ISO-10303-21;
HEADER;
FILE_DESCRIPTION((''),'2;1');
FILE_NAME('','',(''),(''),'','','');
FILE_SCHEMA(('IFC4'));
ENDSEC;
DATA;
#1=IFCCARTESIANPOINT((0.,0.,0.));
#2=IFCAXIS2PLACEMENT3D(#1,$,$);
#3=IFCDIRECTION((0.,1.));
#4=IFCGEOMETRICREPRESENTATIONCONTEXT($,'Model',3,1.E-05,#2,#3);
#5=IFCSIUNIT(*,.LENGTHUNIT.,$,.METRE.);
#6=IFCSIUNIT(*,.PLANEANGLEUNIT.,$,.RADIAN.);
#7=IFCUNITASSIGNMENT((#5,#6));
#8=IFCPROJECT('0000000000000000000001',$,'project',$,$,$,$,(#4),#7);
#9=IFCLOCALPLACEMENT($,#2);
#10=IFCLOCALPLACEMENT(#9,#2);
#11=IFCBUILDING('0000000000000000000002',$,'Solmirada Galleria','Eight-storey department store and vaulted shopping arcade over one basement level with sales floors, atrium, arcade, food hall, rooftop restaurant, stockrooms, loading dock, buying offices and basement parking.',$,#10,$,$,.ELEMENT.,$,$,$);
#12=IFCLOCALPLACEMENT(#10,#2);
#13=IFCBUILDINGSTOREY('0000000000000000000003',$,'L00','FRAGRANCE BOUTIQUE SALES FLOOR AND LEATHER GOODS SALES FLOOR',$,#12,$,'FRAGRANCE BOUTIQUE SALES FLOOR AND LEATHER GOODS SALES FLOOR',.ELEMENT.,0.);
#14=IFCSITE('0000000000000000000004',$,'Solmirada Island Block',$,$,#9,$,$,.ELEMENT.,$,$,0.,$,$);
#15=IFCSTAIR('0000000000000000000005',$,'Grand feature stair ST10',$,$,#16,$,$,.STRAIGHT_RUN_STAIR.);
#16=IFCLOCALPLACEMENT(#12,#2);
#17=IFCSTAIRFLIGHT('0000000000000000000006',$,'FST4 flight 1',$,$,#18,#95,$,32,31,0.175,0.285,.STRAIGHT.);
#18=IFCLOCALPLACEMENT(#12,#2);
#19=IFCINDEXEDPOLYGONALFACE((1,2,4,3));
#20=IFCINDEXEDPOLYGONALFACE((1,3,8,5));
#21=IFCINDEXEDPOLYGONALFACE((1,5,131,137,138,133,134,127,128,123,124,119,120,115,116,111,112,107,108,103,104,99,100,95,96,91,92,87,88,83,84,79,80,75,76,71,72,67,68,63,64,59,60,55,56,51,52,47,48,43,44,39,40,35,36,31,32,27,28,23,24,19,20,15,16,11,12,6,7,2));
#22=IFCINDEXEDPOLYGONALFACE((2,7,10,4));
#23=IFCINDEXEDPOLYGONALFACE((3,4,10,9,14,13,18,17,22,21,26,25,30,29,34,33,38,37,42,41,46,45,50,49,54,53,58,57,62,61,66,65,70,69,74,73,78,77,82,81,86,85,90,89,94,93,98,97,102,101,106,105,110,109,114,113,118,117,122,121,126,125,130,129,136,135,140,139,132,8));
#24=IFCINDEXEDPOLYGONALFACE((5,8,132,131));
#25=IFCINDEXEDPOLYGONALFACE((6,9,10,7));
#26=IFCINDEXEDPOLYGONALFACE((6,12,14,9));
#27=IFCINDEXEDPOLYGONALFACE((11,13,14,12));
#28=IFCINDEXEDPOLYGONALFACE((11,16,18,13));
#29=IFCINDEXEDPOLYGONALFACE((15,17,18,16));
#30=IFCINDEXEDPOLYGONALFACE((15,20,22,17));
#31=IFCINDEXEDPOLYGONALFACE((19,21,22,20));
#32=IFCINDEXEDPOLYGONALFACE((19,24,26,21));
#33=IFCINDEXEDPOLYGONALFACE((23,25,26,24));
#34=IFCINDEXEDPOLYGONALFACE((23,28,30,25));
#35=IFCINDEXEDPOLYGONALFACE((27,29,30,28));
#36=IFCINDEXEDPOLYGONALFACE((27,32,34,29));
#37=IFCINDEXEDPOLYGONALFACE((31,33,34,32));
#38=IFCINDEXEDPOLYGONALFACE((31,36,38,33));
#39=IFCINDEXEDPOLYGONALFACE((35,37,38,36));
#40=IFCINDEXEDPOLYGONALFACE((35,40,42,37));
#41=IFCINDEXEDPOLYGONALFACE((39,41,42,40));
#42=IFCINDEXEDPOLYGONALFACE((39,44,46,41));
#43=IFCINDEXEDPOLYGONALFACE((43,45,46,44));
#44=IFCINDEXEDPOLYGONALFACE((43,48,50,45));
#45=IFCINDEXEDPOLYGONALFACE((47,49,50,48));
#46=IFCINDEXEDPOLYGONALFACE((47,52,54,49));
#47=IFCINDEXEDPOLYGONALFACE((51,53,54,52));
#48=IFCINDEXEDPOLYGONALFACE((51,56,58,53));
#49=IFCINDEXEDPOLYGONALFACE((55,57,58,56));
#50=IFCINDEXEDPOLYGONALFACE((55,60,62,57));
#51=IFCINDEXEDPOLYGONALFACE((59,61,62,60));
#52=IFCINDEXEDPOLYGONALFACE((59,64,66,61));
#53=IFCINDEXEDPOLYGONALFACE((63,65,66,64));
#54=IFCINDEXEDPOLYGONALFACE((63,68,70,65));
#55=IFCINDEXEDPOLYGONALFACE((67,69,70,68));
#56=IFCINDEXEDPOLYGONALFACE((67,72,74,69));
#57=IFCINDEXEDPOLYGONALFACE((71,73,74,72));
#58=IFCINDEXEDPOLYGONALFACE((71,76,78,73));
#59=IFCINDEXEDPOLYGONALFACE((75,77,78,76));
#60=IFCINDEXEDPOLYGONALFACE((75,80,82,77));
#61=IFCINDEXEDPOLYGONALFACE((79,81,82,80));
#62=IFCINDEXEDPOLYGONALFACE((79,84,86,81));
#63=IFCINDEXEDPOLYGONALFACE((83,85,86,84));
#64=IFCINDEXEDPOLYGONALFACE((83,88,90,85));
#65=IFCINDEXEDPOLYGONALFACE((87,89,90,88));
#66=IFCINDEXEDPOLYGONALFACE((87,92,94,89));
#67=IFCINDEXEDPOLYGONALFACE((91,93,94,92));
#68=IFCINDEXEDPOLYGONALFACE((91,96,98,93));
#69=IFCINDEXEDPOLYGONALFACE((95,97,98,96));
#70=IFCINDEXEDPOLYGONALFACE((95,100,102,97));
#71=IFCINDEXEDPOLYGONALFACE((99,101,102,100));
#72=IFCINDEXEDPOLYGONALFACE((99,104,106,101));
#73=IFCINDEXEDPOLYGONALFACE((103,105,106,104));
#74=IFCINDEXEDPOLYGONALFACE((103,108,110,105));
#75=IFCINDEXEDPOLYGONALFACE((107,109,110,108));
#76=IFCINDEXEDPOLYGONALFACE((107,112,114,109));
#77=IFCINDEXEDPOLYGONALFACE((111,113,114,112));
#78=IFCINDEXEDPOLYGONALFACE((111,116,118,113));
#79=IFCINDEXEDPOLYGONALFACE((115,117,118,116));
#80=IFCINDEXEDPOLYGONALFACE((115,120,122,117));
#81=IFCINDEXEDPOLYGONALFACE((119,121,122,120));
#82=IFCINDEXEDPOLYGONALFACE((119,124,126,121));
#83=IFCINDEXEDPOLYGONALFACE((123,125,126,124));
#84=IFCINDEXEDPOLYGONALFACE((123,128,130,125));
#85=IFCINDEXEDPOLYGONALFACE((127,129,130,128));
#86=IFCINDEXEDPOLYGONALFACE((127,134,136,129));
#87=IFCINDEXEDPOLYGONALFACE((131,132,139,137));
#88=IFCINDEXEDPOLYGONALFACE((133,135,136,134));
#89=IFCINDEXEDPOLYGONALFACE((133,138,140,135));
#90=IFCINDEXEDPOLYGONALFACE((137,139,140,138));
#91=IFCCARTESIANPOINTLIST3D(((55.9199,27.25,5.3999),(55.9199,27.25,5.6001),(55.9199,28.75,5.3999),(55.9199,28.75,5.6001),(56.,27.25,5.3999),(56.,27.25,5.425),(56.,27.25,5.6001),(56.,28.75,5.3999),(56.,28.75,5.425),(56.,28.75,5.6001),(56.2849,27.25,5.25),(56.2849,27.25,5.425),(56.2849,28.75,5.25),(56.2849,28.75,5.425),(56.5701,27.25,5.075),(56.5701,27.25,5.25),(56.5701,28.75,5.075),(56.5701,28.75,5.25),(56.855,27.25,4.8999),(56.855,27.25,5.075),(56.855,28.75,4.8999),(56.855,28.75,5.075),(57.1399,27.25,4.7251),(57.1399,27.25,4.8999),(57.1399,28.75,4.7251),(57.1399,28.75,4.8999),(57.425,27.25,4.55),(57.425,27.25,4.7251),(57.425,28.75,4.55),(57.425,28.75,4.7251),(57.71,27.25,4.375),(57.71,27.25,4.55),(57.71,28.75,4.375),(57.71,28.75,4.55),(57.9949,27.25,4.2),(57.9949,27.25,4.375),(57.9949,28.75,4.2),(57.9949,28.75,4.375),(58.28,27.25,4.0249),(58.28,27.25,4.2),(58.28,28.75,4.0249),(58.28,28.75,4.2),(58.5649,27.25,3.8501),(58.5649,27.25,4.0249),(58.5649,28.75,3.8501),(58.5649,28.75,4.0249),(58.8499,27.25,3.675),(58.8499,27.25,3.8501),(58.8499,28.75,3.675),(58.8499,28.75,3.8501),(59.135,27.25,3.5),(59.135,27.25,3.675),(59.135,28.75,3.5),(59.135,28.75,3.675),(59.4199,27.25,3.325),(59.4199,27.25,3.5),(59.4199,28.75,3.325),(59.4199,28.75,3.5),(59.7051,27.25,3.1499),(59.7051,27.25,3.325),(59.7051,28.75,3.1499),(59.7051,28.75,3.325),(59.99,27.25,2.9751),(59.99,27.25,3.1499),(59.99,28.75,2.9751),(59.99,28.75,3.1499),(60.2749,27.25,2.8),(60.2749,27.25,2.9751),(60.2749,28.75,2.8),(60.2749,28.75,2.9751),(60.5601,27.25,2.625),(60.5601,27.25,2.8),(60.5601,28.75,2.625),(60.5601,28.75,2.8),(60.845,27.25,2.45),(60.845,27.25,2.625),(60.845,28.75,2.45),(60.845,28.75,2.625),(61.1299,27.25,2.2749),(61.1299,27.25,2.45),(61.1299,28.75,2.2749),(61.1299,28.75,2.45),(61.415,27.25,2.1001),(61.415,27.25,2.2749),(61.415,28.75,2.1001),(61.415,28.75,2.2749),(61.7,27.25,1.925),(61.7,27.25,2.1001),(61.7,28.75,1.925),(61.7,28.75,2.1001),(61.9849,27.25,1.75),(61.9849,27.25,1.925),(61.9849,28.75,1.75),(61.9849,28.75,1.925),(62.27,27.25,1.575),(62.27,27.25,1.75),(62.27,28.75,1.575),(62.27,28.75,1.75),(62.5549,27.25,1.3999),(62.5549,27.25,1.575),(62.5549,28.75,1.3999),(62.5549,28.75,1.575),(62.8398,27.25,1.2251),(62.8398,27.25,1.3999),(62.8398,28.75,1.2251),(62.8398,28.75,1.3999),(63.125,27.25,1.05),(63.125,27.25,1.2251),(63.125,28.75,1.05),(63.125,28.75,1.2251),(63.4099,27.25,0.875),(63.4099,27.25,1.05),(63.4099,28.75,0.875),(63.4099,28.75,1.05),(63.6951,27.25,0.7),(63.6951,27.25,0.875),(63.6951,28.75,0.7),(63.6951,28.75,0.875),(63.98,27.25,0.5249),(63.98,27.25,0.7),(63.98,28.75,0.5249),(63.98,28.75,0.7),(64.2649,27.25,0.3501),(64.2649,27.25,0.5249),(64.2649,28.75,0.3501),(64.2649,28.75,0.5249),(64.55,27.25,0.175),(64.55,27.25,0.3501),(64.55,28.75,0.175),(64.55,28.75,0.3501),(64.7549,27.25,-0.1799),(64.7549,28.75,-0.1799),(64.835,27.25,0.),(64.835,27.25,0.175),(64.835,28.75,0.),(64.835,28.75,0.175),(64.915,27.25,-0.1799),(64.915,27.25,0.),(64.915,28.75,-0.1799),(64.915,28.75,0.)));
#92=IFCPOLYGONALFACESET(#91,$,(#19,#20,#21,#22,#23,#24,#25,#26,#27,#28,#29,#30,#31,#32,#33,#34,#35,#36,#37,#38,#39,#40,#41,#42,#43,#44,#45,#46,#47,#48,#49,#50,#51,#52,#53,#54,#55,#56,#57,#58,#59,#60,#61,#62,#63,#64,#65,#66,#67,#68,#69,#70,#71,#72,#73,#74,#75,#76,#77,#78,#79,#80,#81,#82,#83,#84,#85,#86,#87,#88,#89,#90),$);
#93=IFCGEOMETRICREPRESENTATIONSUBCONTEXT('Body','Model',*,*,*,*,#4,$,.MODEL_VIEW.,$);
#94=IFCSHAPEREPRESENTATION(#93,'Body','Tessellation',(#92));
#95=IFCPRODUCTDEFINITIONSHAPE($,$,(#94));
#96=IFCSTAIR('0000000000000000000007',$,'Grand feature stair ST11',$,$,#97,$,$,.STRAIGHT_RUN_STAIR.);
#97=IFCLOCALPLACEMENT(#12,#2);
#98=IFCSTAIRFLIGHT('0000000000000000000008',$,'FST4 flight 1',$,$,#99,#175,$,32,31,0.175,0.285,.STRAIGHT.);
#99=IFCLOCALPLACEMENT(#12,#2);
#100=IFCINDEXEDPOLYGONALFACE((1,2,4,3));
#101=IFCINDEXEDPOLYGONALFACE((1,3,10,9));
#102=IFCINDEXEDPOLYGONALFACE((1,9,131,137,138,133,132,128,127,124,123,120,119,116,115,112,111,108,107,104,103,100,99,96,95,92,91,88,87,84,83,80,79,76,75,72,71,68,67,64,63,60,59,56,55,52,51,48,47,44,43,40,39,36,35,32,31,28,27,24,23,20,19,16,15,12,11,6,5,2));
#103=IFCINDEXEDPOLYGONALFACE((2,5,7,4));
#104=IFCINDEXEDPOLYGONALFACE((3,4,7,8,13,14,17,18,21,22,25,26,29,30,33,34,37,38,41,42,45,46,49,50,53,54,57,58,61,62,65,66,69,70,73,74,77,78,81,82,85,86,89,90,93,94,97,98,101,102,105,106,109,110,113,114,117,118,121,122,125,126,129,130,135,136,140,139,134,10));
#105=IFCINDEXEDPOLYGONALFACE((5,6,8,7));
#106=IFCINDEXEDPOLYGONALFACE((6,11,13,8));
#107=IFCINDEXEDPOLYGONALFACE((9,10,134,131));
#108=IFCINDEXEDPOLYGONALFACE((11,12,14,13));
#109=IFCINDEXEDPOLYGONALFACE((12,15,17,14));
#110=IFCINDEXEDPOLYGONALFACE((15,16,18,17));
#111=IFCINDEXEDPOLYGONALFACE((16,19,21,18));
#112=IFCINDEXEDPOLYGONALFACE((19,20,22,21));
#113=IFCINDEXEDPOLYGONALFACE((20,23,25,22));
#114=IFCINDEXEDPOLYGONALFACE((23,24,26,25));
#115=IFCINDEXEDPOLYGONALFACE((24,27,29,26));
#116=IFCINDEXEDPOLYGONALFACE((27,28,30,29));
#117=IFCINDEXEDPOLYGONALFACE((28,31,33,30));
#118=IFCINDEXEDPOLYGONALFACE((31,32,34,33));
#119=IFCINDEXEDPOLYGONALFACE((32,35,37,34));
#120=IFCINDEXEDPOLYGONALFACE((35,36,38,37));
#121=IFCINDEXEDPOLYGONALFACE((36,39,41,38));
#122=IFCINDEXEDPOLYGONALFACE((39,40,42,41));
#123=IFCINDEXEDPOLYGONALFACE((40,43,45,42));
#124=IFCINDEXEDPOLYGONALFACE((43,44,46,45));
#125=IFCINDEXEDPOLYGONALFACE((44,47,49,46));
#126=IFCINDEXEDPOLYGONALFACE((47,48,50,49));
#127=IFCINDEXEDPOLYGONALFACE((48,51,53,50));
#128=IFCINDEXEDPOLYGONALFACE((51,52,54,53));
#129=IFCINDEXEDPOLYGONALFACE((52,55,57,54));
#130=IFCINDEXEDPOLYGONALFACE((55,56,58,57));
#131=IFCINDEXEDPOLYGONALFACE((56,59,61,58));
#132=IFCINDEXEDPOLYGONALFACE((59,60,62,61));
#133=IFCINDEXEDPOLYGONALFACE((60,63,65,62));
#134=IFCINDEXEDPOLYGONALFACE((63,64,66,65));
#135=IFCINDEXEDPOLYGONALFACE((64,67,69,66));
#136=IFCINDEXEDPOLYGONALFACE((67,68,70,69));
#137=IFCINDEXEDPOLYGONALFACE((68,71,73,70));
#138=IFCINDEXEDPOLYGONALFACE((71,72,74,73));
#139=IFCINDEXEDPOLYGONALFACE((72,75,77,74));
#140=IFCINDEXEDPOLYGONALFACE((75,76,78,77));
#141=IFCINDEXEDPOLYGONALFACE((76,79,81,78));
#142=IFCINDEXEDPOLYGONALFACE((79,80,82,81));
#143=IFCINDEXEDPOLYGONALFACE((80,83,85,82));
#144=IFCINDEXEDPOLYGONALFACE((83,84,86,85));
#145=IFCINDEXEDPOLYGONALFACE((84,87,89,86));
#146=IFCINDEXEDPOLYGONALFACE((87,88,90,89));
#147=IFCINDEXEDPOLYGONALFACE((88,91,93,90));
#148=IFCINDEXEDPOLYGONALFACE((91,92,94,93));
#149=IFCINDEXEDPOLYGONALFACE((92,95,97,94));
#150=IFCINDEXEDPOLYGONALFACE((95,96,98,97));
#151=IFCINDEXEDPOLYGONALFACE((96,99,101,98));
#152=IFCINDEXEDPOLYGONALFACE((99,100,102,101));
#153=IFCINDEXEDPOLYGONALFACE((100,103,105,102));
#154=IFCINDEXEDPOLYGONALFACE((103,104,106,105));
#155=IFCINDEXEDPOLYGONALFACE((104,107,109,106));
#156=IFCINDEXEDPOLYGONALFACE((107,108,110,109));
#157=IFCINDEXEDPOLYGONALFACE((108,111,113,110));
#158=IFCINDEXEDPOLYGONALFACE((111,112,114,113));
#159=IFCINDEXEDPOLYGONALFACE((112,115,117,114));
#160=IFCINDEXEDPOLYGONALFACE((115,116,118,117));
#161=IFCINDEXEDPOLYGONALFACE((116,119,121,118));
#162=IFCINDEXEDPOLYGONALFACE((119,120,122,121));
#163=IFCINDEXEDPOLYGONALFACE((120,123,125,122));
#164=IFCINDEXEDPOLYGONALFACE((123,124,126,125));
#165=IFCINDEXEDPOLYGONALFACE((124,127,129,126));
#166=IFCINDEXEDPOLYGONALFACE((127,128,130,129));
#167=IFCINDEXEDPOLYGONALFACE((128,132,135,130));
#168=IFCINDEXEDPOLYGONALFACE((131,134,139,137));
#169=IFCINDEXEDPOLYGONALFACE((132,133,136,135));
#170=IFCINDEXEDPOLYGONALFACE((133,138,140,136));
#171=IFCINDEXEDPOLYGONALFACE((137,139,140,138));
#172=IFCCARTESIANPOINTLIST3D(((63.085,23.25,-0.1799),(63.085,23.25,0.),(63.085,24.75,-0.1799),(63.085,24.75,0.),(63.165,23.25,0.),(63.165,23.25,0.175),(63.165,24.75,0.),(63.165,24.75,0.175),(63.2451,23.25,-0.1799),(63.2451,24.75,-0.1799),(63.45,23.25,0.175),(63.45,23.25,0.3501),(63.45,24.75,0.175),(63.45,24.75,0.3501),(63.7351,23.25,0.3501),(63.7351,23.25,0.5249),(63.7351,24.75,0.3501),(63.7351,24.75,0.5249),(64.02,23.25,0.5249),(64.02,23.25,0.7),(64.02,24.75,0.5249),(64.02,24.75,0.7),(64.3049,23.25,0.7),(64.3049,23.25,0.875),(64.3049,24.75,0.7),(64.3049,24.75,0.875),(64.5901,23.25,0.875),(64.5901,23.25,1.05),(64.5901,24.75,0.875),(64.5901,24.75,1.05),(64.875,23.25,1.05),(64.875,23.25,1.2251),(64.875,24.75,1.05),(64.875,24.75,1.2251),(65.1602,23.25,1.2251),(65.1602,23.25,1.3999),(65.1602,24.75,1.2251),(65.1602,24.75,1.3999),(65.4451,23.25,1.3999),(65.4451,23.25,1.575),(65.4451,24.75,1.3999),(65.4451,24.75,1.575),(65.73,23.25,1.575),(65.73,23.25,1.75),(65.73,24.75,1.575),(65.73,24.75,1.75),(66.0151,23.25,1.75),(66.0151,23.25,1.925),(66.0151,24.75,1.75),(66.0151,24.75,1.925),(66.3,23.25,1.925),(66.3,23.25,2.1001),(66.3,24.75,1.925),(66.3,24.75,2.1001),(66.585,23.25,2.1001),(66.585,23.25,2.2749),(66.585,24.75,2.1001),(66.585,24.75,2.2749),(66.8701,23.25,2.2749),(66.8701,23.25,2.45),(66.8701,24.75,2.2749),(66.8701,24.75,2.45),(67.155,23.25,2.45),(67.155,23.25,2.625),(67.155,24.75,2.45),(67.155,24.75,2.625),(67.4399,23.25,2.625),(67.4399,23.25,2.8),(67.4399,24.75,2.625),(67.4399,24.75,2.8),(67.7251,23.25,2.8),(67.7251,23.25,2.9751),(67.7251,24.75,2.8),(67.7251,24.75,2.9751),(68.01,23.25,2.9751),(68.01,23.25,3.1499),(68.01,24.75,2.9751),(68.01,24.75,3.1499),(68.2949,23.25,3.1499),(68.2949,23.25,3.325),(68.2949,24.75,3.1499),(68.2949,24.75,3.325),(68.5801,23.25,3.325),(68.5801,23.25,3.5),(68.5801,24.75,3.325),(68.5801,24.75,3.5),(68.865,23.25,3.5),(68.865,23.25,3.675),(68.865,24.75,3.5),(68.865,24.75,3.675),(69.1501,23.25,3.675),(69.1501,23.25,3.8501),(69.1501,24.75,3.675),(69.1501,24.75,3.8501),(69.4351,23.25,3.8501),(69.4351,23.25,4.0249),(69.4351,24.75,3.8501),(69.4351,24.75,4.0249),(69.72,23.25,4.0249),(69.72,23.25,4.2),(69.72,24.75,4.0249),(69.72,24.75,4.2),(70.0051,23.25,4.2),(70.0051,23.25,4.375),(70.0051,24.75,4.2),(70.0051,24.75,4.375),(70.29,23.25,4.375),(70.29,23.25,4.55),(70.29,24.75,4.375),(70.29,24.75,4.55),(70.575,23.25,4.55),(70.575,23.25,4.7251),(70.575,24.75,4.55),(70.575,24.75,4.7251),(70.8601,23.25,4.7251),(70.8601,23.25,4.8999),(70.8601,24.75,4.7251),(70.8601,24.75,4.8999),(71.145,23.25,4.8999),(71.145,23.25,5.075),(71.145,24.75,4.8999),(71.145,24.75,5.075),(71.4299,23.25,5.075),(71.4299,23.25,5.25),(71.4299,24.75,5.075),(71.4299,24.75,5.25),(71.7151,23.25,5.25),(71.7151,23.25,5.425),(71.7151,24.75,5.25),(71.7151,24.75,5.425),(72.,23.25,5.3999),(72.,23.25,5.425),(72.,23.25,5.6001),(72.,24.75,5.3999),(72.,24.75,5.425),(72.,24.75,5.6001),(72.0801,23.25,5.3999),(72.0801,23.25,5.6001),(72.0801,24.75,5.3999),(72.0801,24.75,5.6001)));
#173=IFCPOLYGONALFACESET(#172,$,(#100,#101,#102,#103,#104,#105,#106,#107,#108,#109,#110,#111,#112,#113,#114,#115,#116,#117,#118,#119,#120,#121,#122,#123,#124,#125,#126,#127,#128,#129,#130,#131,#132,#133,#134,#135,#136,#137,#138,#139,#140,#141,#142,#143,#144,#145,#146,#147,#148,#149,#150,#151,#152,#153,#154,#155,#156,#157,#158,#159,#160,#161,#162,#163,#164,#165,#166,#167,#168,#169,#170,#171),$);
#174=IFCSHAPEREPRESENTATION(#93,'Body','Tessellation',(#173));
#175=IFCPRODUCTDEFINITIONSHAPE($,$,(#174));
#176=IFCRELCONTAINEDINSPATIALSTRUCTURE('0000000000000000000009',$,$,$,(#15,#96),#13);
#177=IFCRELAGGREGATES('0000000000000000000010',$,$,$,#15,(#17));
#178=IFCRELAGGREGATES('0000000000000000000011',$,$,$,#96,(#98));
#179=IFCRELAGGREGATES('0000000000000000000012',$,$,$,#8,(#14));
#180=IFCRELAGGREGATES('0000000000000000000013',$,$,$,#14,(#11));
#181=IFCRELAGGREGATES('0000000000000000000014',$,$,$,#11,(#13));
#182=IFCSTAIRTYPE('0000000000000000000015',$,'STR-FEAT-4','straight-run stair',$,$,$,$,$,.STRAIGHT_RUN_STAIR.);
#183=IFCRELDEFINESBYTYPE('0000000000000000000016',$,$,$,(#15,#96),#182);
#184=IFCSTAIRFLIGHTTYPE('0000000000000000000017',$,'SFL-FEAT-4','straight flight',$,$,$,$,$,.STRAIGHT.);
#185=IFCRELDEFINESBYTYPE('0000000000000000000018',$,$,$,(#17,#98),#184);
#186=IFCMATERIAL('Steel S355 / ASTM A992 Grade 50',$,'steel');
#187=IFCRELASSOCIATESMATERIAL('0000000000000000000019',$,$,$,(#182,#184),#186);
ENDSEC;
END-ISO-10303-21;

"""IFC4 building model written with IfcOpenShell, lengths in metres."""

from ifc_helpers import new_model, si_unit, direction, frame, origin, place, context, subcontext, project, spatial, polyline, outline, extrude, material, type_object, element, aggregate, save


model = new_model("IFC4")

# Units and contexts
model_context = context("Model", 3, precision=1e-05, world=origin(), true_north=direction((0.0, 1.0)))
body_context = subcontext(model_context, "Body", "Model", "MODEL_VIEW")
ifc_project = project(units=[si_unit("LENGTHUNIT", "METRE"), si_unit("PLANEANGLEUNIT", "RADIAN")], contexts=[model_context])

# Site, building, storey
site_placement = place(None, origin())
site = spatial("IfcSite", under=ifc_project, at=site_placement, Name="Solmirada Island Block", CompositionType="ELEMENT", RefElevation=0.0)
building_placement = place(site_placement, origin())
building = spatial("IfcBuilding", under=site, at=building_placement, Name="Solmirada Galleria", Description="Eight-storey department store and vaulted shopping arcade over one basement level with sales floors, atrium, arcade, food hall, rooftop restaurant, stockrooms, loading dock, buying offices and basement parking.", CompositionType="ELEMENT")
storey_placement = place(building_placement, origin())
storey = spatial("IfcBuildingStorey", under=building, at=storey_placement, Name="L00", Description="FRAGRANCE BOUTIQUE SALES FLOOR AND LEATHER GOODS SALES FLOOR", LongName="FRAGRANCE BOUTIQUE SALES FLOOR AND LEATHER GOODS SALES FLOOR", CompositionType="ELEMENT", Elevation=0.0)

# Shared definitions
ifc_material_1 = material(Name="Steel S355 / ASTM A992 Grade 50", Category="steel")

# Stairs, stair flights
stair_type = type_object("IfcStairType", Name="STR-FEAT-4", Description="straight-run stair", PredefinedType="STRAIGHT_RUN_STAIR", material=ifc_material_1)
stair_1_placement = place(storey_placement, origin())
stair_1 = element("IfcStair", 1, at=stair_1_placement, inside=storey, type_object=stair_type, Name="Grand feature stair ST10", PredefinedType="STRAIGHT_RUN_STAIR")
stair_flight_type = type_object("IfcStairFlightType", Name="SFL-FEAT-4", Description="straight flight", PredefinedType="STRAIGHT", material=ifc_material_1)
stair_flight_1_placement = place(storey_placement, frame((64.835, 28.0, 0.0), z_axis=(0.0, 0.0, 1.0), x_axis=(-1.0, 0.0, 0.0)))
stair_flight_1 = element("IfcStairFlight", 2, at=stair_flight_1_placement, type_object=stair_flight_type, Name="FST4 flight 1", NumberOfRisers=32, NumberOfTreads=31, PredefinedType="STRAIGHT", RiserHeight=0.175, TreadLength=0.285, context=body_context, shape_type="SweptSolid", body=[
    extrude(outline(polyline([(-0.0801, 0.0), (0.0, 0.0), (0.0, 0.175), (0.2849, 0.175), (0.2849, 0.3501), (0.5701, 0.3501), (0.5701, 0.5249), (0.855, 0.5249), (0.855, 0.7), (1.1399, 0.7), (1.1399, 0.875), (1.425, 0.875), (1.425, 1.05), (1.71, 1.05), (1.71, 1.2251), (1.9951, 1.2251), (1.9951, 1.3999), (2.28, 1.3999), (2.28, 1.575), (2.5649, 1.575), (2.5649, 1.75), (2.8501, 1.75), (2.8501, 1.925), (3.135, 1.925), (3.135, 2.1001), (3.4199, 2.1001), (3.4199, 2.2749), (3.7051, 2.2749), (3.7051, 2.45), (3.99, 2.45), (3.99, 2.625), (4.2749, 2.625), (4.2749, 2.8), (4.5601, 2.8), (4.5601, 2.9751), (4.845, 2.9751), (4.845, 3.1499), (5.1299, 3.1499), (5.1299, 3.325), (5.415, 3.325), (5.415, 3.5), (5.7, 3.5), (5.7, 3.675), (5.9851, 3.675), (5.9851, 3.8501), (6.27, 3.8501), (6.27, 4.0249), (6.5549, 4.0249), (6.5549, 4.2), (6.8401, 4.2), (6.8401, 4.375), (7.125, 4.375), (7.125, 4.55), (7.4099, 4.55), (7.4099, 4.7251), (7.6951, 4.7251), (7.6951, 4.8999), (7.98, 4.8999), (7.98, 5.075), (8.2649, 5.075), (8.2649, 5.25), (8.55, 5.25), (8.55, 5.425), (8.835, 5.425), (8.835, 5.6001), (8.915, 5.6001), (8.915, 5.3999), (8.835, 5.3999), (0.0801, -0.1799), (-0.0801, -0.1799), (-0.0801, 0.0)])), frame((0.0, 0.75, 0.0), z_axis=(0.0, -1.0, 0.0), x_axis=(1.0, 0.0, 0.0)), (0.0, 0.0, 1.0), 1.5),
])
aggregate(stair_1, [stair_flight_1])
stair_2_placement = place(storey_placement, origin())
stair_2 = element("IfcStair", 3, at=stair_2_placement, inside=storey, type_object=stair_type, Name="Grand feature stair ST11", PredefinedType="STRAIGHT_RUN_STAIR")
stair_flight_2_placement = place(storey_placement, frame((63.165, 24.0, 0.0), z_axis=(0.0, 0.0, 1.0), x_axis=(1.0, 0.0, 0.0)))
stair_flight_2 = element("IfcStairFlight", 4, at=stair_flight_2_placement, type_object=stair_flight_type, Name="FST4 flight 1", NumberOfRisers=32, NumberOfTreads=31, PredefinedType="STRAIGHT", RiserHeight=0.175, TreadLength=0.285, context=body_context, shape_type="SweptSolid", body=[
    extrude(outline(polyline([(-0.0801, 0.0), (0.0, 0.0), (0.0, 0.175), (0.2849, 0.175), (0.2849, 0.3501), (0.5701, 0.3501), (0.5701, 0.5249), (0.855, 0.5249), (0.855, 0.7), (1.1399, 0.7), (1.1399, 0.875), (1.425, 0.875), (1.425, 1.05), (1.71, 1.05), (1.71, 1.2251), (1.9951, 1.2251), (1.9951, 1.3999), (2.28, 1.3999), (2.28, 1.575), (2.5649, 1.575), (2.5649, 1.75), (2.8501, 1.75), (2.8501, 1.925), (3.135, 1.925), (3.135, 2.1001), (3.4199, 2.1001), (3.4199, 2.2749), (3.7051, 2.2749), (3.7051, 2.45), (3.99, 2.45), (3.99, 2.625), (4.2749, 2.625), (4.2749, 2.8), (4.5601, 2.8), (4.5601, 2.9751), (4.845, 2.9751), (4.845, 3.1499), (5.1299, 3.1499), (5.1299, 3.325), (5.415, 3.325), (5.415, 3.5), (5.7, 3.5), (5.7, 3.675), (5.9851, 3.675), (5.9851, 3.8501), (6.27, 3.8501), (6.27, 4.0249), (6.5549, 4.0249), (6.5549, 4.2), (6.8401, 4.2), (6.8401, 4.375), (7.125, 4.375), (7.125, 4.55), (7.4099, 4.55), (7.4099, 4.7251), (7.6951, 4.7251), (7.6951, 4.8999), (7.98, 4.8999), (7.98, 5.075), (8.2649, 5.075), (8.2649, 5.25), (8.55, 5.25), (8.55, 5.425), (8.835, 5.425), (8.835, 5.6001), (8.915, 5.6001), (8.915, 5.3999), (8.835, 5.3999), (0.0801, -0.1799), (-0.0801, -0.1799), (-0.0801, 0.0)])), frame((0.0, 0.75, 0.0), z_axis=(0.0, -1.0, 0.0), x_axis=(1.0, 0.0, 0.0)), (0.0, 0.0, 1.0), 1.5),
])
aggregate(stair_2, [stair_flight_2])

save(model, "model.ifc")
